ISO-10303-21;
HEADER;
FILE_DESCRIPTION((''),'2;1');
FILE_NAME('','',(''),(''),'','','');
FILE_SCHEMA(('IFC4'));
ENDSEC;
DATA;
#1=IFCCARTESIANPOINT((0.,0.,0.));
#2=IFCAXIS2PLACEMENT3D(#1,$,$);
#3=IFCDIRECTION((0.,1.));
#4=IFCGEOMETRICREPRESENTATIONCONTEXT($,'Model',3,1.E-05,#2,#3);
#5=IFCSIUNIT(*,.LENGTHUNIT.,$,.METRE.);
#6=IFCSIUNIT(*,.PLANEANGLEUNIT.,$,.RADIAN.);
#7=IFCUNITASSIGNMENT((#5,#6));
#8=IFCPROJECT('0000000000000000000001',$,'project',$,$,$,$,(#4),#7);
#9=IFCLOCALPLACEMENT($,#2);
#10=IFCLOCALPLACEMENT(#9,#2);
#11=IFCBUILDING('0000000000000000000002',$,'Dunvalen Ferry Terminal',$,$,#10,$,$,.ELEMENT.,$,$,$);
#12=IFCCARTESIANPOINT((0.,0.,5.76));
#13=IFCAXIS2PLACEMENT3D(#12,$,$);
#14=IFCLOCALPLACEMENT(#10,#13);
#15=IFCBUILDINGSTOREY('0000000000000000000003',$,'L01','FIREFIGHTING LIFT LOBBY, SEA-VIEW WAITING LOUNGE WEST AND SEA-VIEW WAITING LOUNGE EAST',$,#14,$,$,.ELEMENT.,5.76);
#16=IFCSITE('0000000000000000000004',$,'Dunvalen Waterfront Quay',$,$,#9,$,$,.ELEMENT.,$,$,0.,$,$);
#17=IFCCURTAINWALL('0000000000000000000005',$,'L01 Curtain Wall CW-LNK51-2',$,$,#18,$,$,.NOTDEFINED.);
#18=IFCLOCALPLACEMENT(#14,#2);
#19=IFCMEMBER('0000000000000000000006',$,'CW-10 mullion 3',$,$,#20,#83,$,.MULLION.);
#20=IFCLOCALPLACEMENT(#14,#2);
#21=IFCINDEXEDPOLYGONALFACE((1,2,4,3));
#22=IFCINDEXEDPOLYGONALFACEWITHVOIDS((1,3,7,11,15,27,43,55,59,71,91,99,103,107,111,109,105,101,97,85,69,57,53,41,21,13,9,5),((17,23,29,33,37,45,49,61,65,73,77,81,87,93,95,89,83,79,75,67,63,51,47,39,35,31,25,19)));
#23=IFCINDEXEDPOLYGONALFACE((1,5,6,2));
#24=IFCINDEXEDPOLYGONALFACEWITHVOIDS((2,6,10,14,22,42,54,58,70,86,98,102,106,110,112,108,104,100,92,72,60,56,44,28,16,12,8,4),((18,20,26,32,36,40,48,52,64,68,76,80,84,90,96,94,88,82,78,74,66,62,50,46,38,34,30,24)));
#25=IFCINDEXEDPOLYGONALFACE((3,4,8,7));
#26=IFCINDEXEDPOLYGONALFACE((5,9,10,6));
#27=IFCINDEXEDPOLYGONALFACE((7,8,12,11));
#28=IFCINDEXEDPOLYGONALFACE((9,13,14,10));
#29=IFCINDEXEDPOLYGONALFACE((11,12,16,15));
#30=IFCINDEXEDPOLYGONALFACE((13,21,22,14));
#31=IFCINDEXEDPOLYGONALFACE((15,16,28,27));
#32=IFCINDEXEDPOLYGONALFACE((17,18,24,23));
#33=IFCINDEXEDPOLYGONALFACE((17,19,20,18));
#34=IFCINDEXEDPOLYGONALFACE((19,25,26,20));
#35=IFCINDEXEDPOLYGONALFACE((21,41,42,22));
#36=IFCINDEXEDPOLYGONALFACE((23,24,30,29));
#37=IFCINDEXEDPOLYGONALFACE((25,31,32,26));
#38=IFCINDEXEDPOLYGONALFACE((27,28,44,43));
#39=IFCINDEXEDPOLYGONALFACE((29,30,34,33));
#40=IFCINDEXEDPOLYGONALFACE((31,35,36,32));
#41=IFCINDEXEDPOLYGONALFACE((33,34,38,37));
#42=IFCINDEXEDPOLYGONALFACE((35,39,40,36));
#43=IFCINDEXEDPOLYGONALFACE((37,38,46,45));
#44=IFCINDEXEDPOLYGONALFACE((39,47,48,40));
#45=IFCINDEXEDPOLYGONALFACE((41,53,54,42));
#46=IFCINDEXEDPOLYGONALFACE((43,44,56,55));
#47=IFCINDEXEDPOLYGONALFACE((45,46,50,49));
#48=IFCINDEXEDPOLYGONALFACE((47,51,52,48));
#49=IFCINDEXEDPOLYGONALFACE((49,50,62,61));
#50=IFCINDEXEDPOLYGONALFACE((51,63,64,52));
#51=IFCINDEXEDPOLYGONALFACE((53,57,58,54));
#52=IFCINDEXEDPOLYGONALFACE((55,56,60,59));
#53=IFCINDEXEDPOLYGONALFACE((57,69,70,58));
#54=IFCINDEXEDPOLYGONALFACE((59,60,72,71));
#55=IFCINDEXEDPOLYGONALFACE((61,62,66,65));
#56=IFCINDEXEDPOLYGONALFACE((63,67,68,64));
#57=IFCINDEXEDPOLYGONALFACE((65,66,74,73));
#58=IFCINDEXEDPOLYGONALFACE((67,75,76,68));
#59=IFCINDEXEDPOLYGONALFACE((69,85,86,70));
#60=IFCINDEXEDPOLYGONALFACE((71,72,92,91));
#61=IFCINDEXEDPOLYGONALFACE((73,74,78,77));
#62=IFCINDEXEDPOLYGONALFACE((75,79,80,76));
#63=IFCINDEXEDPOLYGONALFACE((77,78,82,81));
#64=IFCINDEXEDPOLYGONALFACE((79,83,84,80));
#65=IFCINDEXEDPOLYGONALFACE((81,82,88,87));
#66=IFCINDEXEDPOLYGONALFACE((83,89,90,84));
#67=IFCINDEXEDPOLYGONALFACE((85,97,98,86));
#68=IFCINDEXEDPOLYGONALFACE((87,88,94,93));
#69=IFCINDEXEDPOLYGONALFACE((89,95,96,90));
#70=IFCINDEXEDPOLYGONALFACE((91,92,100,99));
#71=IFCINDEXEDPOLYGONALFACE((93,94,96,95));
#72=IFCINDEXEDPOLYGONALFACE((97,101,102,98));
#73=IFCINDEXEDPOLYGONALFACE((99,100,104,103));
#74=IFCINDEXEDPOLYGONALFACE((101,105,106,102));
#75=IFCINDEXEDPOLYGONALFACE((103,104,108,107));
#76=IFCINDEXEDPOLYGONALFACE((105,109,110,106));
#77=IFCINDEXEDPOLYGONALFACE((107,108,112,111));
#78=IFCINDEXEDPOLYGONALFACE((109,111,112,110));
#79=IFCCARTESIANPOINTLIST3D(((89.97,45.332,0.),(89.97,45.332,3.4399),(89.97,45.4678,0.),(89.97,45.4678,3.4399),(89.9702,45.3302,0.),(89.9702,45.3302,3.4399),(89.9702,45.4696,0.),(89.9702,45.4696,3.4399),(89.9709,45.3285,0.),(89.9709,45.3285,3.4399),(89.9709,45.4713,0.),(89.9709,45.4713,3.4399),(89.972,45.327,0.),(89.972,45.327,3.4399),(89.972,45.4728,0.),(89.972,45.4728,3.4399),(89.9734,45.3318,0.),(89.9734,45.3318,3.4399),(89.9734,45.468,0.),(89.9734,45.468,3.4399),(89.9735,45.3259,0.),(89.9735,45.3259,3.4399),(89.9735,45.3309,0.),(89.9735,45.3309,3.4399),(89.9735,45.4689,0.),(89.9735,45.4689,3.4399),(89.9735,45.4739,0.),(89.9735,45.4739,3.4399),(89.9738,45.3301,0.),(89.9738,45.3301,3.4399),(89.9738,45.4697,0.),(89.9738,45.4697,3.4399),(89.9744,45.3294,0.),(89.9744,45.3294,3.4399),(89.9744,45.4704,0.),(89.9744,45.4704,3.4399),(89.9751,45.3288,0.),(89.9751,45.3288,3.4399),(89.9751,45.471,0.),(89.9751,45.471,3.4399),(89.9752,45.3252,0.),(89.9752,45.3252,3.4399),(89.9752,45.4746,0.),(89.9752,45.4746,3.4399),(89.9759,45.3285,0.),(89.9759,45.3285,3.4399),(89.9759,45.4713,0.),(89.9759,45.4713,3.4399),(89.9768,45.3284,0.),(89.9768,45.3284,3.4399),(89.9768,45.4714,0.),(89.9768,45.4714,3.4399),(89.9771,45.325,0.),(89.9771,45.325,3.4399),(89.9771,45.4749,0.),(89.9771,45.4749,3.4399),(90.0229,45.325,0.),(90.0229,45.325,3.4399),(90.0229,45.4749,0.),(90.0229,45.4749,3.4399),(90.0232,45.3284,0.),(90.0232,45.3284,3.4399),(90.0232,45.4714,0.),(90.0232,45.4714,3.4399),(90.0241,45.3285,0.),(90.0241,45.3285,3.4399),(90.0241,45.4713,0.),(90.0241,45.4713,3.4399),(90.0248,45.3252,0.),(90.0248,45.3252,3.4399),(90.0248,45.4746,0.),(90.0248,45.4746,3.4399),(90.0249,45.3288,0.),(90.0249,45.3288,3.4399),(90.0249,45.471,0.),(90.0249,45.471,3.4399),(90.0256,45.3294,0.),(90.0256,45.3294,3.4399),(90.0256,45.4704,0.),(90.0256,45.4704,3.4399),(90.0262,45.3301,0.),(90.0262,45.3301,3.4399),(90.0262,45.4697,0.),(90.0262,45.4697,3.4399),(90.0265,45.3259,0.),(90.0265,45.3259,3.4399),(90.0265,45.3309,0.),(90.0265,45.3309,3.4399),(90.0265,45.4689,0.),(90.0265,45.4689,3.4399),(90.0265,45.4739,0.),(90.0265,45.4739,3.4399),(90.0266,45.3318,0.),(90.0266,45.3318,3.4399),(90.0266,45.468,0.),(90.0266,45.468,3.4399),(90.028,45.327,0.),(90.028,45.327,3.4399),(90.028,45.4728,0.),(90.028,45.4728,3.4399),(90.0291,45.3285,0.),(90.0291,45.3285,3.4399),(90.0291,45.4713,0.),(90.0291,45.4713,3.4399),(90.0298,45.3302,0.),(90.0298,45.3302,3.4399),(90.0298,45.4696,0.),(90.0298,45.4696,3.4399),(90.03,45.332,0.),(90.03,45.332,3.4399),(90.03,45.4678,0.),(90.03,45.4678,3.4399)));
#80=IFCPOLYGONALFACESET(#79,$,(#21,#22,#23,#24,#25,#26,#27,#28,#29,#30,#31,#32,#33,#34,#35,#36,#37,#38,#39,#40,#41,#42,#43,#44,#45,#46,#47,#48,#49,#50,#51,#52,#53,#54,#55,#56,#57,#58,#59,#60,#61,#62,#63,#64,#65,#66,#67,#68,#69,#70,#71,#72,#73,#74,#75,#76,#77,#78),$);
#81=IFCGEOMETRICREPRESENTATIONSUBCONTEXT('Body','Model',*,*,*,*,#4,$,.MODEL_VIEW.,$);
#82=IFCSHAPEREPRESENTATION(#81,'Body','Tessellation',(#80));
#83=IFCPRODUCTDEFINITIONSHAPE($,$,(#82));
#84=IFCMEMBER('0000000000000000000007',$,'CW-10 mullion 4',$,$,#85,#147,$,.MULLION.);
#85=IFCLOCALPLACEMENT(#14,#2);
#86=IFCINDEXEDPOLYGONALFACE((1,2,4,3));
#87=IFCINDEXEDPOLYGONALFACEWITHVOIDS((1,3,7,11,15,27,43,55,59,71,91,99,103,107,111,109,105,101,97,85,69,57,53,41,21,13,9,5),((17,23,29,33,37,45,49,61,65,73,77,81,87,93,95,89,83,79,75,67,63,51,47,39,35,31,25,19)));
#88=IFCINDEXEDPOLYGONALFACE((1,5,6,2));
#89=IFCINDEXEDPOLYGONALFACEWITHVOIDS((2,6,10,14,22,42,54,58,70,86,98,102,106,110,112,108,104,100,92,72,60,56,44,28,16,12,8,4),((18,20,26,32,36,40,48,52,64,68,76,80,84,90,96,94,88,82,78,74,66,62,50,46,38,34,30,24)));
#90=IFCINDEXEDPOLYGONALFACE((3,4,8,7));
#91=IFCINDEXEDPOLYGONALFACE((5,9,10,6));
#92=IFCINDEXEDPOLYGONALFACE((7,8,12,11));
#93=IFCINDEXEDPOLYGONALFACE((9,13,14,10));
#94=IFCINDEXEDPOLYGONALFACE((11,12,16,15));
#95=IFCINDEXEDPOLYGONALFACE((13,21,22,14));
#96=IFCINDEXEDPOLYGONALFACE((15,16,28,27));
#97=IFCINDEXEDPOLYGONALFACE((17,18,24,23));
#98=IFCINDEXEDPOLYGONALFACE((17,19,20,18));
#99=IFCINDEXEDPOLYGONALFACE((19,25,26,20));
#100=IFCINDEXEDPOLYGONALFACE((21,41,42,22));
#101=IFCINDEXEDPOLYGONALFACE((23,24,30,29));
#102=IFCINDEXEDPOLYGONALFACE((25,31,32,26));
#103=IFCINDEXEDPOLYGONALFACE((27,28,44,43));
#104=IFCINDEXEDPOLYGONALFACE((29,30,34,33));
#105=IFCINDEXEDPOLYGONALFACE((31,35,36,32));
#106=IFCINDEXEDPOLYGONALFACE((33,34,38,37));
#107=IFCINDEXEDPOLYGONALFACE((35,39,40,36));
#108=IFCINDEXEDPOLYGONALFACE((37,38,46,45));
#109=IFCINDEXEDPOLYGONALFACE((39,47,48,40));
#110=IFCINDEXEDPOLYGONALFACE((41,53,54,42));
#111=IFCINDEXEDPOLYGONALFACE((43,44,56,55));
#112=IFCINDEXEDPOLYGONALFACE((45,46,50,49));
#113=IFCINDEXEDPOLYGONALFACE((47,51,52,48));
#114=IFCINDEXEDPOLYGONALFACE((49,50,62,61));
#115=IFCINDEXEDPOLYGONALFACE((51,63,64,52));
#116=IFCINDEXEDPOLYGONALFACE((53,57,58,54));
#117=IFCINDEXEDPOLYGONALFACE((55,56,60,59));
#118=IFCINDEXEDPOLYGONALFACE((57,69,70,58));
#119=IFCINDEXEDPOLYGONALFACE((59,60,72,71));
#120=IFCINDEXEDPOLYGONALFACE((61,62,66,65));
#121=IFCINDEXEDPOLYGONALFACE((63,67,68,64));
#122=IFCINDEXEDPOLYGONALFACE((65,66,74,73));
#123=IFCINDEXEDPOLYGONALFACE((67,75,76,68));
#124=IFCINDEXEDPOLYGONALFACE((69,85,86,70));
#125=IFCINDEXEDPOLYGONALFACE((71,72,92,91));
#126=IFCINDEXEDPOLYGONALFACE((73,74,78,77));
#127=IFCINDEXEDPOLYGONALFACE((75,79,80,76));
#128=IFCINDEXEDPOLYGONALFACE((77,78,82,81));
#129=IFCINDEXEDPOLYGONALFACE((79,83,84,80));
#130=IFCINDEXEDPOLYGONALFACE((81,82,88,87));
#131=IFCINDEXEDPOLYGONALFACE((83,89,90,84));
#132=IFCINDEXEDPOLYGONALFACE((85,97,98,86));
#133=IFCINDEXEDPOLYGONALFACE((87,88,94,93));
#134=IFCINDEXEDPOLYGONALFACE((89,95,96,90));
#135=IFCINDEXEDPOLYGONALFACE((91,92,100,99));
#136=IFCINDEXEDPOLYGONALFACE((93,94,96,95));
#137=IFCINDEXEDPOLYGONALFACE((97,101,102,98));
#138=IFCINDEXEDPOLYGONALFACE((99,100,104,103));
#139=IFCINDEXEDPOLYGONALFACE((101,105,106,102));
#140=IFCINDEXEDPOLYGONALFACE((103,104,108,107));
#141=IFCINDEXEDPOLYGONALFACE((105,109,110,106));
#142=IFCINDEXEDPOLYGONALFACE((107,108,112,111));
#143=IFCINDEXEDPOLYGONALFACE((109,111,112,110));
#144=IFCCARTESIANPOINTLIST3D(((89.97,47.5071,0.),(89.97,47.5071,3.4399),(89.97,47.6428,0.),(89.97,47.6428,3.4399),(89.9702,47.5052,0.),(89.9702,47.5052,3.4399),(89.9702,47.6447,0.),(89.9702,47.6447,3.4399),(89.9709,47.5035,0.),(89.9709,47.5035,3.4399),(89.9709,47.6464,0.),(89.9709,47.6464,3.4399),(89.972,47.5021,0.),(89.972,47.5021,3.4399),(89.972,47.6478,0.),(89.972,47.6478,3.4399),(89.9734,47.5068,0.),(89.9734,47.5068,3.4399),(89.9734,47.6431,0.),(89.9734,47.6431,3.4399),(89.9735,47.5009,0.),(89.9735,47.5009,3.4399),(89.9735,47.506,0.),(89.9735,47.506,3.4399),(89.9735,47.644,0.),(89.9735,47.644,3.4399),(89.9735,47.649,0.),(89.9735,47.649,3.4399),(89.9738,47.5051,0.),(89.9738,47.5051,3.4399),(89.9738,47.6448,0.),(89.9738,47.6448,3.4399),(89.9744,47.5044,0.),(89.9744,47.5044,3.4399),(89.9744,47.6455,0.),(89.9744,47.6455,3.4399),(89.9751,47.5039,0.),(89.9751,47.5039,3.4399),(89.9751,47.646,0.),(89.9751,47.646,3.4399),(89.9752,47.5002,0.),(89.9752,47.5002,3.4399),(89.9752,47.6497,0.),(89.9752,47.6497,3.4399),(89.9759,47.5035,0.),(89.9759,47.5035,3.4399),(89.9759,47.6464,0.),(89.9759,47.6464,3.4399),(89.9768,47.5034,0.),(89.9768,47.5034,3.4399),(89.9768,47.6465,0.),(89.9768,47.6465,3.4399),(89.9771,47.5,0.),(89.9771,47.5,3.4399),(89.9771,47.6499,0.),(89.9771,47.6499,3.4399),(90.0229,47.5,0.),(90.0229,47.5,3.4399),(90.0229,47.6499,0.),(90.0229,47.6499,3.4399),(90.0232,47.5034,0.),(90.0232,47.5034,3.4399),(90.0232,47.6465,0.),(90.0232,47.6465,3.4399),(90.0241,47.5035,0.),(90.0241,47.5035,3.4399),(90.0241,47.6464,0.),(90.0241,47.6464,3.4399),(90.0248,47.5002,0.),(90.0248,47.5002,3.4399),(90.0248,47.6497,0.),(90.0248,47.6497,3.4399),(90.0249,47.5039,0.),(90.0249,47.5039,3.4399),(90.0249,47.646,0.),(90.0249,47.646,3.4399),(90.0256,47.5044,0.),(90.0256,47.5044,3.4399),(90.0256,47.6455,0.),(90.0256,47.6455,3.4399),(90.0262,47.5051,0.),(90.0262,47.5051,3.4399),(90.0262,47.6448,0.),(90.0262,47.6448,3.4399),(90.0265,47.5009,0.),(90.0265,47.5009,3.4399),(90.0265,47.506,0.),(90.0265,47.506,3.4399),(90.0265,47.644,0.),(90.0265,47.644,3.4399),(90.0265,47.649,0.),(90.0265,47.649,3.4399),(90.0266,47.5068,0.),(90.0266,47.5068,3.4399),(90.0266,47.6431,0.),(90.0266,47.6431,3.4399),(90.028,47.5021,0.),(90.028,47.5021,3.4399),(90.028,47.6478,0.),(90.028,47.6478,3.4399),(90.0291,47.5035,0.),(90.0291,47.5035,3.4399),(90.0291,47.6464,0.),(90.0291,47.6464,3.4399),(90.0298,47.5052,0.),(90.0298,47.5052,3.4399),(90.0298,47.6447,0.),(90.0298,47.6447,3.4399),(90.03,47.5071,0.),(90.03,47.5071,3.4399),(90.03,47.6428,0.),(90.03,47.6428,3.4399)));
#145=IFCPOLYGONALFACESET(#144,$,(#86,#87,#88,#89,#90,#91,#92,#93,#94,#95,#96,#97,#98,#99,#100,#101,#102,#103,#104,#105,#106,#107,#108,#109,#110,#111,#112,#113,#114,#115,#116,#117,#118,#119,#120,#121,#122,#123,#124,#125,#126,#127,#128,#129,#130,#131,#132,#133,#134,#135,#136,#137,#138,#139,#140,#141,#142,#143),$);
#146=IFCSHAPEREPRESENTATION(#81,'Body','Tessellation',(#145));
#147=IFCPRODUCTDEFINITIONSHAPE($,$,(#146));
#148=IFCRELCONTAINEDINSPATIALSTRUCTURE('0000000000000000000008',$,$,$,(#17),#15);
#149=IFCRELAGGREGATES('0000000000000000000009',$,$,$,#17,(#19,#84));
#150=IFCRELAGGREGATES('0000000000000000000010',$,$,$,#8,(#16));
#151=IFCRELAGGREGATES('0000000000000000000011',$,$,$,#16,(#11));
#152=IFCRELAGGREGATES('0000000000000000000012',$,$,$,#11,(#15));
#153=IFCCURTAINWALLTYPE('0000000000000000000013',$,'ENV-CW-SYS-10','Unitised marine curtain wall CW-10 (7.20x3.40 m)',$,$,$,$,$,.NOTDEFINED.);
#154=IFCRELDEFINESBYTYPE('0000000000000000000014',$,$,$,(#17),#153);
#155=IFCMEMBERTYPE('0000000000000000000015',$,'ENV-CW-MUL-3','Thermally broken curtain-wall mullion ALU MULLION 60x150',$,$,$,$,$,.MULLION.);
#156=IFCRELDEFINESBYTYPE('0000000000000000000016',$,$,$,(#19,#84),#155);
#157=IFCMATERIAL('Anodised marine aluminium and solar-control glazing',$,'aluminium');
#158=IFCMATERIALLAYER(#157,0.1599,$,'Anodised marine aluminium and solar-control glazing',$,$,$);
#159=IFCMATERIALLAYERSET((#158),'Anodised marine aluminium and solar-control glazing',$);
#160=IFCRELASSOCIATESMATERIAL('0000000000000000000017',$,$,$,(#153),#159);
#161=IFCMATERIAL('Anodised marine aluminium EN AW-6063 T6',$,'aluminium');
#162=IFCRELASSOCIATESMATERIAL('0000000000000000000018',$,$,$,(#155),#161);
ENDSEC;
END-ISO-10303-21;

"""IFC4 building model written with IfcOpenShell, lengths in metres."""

from ifc_helpers import new_model, si_unit, direction, frame, origin, origin_2d, place, context, subcontext, project, spatial, hollow_rectangle, extrude, material, layer, layer_set, material_profile, profile_set, type_object, element, aggregate, save


model = new_model("IFC4")

# Units and contexts
model_context = context("Model", 3, precision=1e-05, world=origin(), true_north=direction((0.0, 1.0)))
body_context = subcontext(model_context, "Body", "Model", "MODEL_VIEW")
ifc_project = project(units=[si_unit("LENGTHUNIT", "METRE"), si_unit("PLANEANGLEUNIT", "RADIAN")], contexts=[model_context])

# Site, building, storey
site_placement = place(None, origin())
site = spatial("IfcSite", under=ifc_project, at=site_placement, Name="Dunvalen Waterfront Quay", CompositionType="ELEMENT", RefElevation=0.0)
building_placement = place(site_placement, origin())
building = spatial("IfcBuilding", under=site, at=building_placement, Name="Dunvalen Ferry Terminal", CompositionType="ELEMENT")
storey_placement = place(building_placement, frame((0.0, 0.0, 5.76)))
storey = spatial("IfcBuildingStorey", under=building, at=storey_placement, Name="L01", Description="FIREFIGHTING LIFT LOBBY, SEA-VIEW WAITING LOUNGE WEST AND SEA-VIEW WAITING LOUNGE EAST", CompositionType="ELEMENT", Elevation=5.76)

# Shared definitions
ifc_material_1 = material(Name="Anodised marine aluminium and solar-control glazing", Category="aluminium")
ifc_material_2 = material(Name="Anodised marine aluminium EN AW-6063 T6", Category="aluminium")

# Curtain wall, members
ifc_layer_1 = layer(ifc_material_1, 0.1599, Name="Anodised marine aluminium and solar-control glazing")
ifc_layer_set_1 = layer_set([ifc_layer_1], Name="Anodised marine aluminium and solar-control glazing")
curtain_wall_type_1 = type_object("IfcCurtainWallType", Name="ENV-CW-SYS-10", Description="Unitised marine curtain wall CW-10 (7.20x3.40 m)", PredefinedType="NOTDEFINED", material=ifc_layer_set_1)
curtain_wall_1_placement = place(storey_placement, origin())
curtain_wall_1 = element("IfcCurtainWall", 1, at=curtain_wall_1_placement, inside=storey, type_object=curtain_wall_type_1, Name="L01 Curtain Wall CW-LNK51-2", PredefinedType="NOTDEFINED")
ifc_material_profile_1 = material_profile(ifc_material_2, hollow_rectangle(XDim=0.0601, YDim=0.1499, WallThickness=0.0034, InnerFilletRadius=0.0034, OuterFilletRadius=0.0071, at=origin_2d()), Name="Anodised marine aluminium EN AW-6063 T6")
ifc_profile_set_1 = profile_set([ifc_material_profile_1], Name="Anodised marine aluminium EN AW-6063 T6")
member_type_1 = type_object("IfcMemberType", Name="ENV-CW-MUL-3", Description="Thermally broken curtain-wall mullion ALU MULLION 60x150", PredefinedType="MULLION", material=ifc_profile_set_1)
member_1_placement = place(storey_placement, frame((90.0, 45.3999, 0.0), z_axis=(0.0, 0.0, 1.0), x_axis=(-1.0, 0.0, 0.0)))
member_1 = element("IfcMember", 2, at=member_1_placement, type_object=member_type_1, Name="CW-10 mullion 3", PredefinedType="MULLION", context=body_context, shape_type="SweptSolid", body=[
    extrude(hollow_rectangle(XDim=0.0601, YDim=0.1499, WallThickness=0.0034, InnerFilletRadius=0.0034, OuterFilletRadius=0.0071, at=origin_2d()), origin(), (0.0, 0.0, 1.0), 3.4399),
])
member_2_placement = place(storey_placement, frame((90.0, 47.575, 0.0), z_axis=(0.0, 0.0, 1.0), x_axis=(-1.0, 0.0, 0.0)))
member_2 = element("IfcMember", 3, at=member_2_placement, type_object=member_type_1, Name="CW-10 mullion 4", PredefinedType="MULLION", context=body_context, shape_type="SweptSolid", body=[
    extrude(hollow_rectangle(XDim=0.0601, YDim=0.1499, WallThickness=0.0034, InnerFilletRadius=0.0034, OuterFilletRadius=0.0071, at=origin_2d()), origin(), (0.0, 0.0, 1.0), 3.4399),
])

aggregate(curtain_wall_1, [member_1, member_2])

save(model, "model.ifc")
